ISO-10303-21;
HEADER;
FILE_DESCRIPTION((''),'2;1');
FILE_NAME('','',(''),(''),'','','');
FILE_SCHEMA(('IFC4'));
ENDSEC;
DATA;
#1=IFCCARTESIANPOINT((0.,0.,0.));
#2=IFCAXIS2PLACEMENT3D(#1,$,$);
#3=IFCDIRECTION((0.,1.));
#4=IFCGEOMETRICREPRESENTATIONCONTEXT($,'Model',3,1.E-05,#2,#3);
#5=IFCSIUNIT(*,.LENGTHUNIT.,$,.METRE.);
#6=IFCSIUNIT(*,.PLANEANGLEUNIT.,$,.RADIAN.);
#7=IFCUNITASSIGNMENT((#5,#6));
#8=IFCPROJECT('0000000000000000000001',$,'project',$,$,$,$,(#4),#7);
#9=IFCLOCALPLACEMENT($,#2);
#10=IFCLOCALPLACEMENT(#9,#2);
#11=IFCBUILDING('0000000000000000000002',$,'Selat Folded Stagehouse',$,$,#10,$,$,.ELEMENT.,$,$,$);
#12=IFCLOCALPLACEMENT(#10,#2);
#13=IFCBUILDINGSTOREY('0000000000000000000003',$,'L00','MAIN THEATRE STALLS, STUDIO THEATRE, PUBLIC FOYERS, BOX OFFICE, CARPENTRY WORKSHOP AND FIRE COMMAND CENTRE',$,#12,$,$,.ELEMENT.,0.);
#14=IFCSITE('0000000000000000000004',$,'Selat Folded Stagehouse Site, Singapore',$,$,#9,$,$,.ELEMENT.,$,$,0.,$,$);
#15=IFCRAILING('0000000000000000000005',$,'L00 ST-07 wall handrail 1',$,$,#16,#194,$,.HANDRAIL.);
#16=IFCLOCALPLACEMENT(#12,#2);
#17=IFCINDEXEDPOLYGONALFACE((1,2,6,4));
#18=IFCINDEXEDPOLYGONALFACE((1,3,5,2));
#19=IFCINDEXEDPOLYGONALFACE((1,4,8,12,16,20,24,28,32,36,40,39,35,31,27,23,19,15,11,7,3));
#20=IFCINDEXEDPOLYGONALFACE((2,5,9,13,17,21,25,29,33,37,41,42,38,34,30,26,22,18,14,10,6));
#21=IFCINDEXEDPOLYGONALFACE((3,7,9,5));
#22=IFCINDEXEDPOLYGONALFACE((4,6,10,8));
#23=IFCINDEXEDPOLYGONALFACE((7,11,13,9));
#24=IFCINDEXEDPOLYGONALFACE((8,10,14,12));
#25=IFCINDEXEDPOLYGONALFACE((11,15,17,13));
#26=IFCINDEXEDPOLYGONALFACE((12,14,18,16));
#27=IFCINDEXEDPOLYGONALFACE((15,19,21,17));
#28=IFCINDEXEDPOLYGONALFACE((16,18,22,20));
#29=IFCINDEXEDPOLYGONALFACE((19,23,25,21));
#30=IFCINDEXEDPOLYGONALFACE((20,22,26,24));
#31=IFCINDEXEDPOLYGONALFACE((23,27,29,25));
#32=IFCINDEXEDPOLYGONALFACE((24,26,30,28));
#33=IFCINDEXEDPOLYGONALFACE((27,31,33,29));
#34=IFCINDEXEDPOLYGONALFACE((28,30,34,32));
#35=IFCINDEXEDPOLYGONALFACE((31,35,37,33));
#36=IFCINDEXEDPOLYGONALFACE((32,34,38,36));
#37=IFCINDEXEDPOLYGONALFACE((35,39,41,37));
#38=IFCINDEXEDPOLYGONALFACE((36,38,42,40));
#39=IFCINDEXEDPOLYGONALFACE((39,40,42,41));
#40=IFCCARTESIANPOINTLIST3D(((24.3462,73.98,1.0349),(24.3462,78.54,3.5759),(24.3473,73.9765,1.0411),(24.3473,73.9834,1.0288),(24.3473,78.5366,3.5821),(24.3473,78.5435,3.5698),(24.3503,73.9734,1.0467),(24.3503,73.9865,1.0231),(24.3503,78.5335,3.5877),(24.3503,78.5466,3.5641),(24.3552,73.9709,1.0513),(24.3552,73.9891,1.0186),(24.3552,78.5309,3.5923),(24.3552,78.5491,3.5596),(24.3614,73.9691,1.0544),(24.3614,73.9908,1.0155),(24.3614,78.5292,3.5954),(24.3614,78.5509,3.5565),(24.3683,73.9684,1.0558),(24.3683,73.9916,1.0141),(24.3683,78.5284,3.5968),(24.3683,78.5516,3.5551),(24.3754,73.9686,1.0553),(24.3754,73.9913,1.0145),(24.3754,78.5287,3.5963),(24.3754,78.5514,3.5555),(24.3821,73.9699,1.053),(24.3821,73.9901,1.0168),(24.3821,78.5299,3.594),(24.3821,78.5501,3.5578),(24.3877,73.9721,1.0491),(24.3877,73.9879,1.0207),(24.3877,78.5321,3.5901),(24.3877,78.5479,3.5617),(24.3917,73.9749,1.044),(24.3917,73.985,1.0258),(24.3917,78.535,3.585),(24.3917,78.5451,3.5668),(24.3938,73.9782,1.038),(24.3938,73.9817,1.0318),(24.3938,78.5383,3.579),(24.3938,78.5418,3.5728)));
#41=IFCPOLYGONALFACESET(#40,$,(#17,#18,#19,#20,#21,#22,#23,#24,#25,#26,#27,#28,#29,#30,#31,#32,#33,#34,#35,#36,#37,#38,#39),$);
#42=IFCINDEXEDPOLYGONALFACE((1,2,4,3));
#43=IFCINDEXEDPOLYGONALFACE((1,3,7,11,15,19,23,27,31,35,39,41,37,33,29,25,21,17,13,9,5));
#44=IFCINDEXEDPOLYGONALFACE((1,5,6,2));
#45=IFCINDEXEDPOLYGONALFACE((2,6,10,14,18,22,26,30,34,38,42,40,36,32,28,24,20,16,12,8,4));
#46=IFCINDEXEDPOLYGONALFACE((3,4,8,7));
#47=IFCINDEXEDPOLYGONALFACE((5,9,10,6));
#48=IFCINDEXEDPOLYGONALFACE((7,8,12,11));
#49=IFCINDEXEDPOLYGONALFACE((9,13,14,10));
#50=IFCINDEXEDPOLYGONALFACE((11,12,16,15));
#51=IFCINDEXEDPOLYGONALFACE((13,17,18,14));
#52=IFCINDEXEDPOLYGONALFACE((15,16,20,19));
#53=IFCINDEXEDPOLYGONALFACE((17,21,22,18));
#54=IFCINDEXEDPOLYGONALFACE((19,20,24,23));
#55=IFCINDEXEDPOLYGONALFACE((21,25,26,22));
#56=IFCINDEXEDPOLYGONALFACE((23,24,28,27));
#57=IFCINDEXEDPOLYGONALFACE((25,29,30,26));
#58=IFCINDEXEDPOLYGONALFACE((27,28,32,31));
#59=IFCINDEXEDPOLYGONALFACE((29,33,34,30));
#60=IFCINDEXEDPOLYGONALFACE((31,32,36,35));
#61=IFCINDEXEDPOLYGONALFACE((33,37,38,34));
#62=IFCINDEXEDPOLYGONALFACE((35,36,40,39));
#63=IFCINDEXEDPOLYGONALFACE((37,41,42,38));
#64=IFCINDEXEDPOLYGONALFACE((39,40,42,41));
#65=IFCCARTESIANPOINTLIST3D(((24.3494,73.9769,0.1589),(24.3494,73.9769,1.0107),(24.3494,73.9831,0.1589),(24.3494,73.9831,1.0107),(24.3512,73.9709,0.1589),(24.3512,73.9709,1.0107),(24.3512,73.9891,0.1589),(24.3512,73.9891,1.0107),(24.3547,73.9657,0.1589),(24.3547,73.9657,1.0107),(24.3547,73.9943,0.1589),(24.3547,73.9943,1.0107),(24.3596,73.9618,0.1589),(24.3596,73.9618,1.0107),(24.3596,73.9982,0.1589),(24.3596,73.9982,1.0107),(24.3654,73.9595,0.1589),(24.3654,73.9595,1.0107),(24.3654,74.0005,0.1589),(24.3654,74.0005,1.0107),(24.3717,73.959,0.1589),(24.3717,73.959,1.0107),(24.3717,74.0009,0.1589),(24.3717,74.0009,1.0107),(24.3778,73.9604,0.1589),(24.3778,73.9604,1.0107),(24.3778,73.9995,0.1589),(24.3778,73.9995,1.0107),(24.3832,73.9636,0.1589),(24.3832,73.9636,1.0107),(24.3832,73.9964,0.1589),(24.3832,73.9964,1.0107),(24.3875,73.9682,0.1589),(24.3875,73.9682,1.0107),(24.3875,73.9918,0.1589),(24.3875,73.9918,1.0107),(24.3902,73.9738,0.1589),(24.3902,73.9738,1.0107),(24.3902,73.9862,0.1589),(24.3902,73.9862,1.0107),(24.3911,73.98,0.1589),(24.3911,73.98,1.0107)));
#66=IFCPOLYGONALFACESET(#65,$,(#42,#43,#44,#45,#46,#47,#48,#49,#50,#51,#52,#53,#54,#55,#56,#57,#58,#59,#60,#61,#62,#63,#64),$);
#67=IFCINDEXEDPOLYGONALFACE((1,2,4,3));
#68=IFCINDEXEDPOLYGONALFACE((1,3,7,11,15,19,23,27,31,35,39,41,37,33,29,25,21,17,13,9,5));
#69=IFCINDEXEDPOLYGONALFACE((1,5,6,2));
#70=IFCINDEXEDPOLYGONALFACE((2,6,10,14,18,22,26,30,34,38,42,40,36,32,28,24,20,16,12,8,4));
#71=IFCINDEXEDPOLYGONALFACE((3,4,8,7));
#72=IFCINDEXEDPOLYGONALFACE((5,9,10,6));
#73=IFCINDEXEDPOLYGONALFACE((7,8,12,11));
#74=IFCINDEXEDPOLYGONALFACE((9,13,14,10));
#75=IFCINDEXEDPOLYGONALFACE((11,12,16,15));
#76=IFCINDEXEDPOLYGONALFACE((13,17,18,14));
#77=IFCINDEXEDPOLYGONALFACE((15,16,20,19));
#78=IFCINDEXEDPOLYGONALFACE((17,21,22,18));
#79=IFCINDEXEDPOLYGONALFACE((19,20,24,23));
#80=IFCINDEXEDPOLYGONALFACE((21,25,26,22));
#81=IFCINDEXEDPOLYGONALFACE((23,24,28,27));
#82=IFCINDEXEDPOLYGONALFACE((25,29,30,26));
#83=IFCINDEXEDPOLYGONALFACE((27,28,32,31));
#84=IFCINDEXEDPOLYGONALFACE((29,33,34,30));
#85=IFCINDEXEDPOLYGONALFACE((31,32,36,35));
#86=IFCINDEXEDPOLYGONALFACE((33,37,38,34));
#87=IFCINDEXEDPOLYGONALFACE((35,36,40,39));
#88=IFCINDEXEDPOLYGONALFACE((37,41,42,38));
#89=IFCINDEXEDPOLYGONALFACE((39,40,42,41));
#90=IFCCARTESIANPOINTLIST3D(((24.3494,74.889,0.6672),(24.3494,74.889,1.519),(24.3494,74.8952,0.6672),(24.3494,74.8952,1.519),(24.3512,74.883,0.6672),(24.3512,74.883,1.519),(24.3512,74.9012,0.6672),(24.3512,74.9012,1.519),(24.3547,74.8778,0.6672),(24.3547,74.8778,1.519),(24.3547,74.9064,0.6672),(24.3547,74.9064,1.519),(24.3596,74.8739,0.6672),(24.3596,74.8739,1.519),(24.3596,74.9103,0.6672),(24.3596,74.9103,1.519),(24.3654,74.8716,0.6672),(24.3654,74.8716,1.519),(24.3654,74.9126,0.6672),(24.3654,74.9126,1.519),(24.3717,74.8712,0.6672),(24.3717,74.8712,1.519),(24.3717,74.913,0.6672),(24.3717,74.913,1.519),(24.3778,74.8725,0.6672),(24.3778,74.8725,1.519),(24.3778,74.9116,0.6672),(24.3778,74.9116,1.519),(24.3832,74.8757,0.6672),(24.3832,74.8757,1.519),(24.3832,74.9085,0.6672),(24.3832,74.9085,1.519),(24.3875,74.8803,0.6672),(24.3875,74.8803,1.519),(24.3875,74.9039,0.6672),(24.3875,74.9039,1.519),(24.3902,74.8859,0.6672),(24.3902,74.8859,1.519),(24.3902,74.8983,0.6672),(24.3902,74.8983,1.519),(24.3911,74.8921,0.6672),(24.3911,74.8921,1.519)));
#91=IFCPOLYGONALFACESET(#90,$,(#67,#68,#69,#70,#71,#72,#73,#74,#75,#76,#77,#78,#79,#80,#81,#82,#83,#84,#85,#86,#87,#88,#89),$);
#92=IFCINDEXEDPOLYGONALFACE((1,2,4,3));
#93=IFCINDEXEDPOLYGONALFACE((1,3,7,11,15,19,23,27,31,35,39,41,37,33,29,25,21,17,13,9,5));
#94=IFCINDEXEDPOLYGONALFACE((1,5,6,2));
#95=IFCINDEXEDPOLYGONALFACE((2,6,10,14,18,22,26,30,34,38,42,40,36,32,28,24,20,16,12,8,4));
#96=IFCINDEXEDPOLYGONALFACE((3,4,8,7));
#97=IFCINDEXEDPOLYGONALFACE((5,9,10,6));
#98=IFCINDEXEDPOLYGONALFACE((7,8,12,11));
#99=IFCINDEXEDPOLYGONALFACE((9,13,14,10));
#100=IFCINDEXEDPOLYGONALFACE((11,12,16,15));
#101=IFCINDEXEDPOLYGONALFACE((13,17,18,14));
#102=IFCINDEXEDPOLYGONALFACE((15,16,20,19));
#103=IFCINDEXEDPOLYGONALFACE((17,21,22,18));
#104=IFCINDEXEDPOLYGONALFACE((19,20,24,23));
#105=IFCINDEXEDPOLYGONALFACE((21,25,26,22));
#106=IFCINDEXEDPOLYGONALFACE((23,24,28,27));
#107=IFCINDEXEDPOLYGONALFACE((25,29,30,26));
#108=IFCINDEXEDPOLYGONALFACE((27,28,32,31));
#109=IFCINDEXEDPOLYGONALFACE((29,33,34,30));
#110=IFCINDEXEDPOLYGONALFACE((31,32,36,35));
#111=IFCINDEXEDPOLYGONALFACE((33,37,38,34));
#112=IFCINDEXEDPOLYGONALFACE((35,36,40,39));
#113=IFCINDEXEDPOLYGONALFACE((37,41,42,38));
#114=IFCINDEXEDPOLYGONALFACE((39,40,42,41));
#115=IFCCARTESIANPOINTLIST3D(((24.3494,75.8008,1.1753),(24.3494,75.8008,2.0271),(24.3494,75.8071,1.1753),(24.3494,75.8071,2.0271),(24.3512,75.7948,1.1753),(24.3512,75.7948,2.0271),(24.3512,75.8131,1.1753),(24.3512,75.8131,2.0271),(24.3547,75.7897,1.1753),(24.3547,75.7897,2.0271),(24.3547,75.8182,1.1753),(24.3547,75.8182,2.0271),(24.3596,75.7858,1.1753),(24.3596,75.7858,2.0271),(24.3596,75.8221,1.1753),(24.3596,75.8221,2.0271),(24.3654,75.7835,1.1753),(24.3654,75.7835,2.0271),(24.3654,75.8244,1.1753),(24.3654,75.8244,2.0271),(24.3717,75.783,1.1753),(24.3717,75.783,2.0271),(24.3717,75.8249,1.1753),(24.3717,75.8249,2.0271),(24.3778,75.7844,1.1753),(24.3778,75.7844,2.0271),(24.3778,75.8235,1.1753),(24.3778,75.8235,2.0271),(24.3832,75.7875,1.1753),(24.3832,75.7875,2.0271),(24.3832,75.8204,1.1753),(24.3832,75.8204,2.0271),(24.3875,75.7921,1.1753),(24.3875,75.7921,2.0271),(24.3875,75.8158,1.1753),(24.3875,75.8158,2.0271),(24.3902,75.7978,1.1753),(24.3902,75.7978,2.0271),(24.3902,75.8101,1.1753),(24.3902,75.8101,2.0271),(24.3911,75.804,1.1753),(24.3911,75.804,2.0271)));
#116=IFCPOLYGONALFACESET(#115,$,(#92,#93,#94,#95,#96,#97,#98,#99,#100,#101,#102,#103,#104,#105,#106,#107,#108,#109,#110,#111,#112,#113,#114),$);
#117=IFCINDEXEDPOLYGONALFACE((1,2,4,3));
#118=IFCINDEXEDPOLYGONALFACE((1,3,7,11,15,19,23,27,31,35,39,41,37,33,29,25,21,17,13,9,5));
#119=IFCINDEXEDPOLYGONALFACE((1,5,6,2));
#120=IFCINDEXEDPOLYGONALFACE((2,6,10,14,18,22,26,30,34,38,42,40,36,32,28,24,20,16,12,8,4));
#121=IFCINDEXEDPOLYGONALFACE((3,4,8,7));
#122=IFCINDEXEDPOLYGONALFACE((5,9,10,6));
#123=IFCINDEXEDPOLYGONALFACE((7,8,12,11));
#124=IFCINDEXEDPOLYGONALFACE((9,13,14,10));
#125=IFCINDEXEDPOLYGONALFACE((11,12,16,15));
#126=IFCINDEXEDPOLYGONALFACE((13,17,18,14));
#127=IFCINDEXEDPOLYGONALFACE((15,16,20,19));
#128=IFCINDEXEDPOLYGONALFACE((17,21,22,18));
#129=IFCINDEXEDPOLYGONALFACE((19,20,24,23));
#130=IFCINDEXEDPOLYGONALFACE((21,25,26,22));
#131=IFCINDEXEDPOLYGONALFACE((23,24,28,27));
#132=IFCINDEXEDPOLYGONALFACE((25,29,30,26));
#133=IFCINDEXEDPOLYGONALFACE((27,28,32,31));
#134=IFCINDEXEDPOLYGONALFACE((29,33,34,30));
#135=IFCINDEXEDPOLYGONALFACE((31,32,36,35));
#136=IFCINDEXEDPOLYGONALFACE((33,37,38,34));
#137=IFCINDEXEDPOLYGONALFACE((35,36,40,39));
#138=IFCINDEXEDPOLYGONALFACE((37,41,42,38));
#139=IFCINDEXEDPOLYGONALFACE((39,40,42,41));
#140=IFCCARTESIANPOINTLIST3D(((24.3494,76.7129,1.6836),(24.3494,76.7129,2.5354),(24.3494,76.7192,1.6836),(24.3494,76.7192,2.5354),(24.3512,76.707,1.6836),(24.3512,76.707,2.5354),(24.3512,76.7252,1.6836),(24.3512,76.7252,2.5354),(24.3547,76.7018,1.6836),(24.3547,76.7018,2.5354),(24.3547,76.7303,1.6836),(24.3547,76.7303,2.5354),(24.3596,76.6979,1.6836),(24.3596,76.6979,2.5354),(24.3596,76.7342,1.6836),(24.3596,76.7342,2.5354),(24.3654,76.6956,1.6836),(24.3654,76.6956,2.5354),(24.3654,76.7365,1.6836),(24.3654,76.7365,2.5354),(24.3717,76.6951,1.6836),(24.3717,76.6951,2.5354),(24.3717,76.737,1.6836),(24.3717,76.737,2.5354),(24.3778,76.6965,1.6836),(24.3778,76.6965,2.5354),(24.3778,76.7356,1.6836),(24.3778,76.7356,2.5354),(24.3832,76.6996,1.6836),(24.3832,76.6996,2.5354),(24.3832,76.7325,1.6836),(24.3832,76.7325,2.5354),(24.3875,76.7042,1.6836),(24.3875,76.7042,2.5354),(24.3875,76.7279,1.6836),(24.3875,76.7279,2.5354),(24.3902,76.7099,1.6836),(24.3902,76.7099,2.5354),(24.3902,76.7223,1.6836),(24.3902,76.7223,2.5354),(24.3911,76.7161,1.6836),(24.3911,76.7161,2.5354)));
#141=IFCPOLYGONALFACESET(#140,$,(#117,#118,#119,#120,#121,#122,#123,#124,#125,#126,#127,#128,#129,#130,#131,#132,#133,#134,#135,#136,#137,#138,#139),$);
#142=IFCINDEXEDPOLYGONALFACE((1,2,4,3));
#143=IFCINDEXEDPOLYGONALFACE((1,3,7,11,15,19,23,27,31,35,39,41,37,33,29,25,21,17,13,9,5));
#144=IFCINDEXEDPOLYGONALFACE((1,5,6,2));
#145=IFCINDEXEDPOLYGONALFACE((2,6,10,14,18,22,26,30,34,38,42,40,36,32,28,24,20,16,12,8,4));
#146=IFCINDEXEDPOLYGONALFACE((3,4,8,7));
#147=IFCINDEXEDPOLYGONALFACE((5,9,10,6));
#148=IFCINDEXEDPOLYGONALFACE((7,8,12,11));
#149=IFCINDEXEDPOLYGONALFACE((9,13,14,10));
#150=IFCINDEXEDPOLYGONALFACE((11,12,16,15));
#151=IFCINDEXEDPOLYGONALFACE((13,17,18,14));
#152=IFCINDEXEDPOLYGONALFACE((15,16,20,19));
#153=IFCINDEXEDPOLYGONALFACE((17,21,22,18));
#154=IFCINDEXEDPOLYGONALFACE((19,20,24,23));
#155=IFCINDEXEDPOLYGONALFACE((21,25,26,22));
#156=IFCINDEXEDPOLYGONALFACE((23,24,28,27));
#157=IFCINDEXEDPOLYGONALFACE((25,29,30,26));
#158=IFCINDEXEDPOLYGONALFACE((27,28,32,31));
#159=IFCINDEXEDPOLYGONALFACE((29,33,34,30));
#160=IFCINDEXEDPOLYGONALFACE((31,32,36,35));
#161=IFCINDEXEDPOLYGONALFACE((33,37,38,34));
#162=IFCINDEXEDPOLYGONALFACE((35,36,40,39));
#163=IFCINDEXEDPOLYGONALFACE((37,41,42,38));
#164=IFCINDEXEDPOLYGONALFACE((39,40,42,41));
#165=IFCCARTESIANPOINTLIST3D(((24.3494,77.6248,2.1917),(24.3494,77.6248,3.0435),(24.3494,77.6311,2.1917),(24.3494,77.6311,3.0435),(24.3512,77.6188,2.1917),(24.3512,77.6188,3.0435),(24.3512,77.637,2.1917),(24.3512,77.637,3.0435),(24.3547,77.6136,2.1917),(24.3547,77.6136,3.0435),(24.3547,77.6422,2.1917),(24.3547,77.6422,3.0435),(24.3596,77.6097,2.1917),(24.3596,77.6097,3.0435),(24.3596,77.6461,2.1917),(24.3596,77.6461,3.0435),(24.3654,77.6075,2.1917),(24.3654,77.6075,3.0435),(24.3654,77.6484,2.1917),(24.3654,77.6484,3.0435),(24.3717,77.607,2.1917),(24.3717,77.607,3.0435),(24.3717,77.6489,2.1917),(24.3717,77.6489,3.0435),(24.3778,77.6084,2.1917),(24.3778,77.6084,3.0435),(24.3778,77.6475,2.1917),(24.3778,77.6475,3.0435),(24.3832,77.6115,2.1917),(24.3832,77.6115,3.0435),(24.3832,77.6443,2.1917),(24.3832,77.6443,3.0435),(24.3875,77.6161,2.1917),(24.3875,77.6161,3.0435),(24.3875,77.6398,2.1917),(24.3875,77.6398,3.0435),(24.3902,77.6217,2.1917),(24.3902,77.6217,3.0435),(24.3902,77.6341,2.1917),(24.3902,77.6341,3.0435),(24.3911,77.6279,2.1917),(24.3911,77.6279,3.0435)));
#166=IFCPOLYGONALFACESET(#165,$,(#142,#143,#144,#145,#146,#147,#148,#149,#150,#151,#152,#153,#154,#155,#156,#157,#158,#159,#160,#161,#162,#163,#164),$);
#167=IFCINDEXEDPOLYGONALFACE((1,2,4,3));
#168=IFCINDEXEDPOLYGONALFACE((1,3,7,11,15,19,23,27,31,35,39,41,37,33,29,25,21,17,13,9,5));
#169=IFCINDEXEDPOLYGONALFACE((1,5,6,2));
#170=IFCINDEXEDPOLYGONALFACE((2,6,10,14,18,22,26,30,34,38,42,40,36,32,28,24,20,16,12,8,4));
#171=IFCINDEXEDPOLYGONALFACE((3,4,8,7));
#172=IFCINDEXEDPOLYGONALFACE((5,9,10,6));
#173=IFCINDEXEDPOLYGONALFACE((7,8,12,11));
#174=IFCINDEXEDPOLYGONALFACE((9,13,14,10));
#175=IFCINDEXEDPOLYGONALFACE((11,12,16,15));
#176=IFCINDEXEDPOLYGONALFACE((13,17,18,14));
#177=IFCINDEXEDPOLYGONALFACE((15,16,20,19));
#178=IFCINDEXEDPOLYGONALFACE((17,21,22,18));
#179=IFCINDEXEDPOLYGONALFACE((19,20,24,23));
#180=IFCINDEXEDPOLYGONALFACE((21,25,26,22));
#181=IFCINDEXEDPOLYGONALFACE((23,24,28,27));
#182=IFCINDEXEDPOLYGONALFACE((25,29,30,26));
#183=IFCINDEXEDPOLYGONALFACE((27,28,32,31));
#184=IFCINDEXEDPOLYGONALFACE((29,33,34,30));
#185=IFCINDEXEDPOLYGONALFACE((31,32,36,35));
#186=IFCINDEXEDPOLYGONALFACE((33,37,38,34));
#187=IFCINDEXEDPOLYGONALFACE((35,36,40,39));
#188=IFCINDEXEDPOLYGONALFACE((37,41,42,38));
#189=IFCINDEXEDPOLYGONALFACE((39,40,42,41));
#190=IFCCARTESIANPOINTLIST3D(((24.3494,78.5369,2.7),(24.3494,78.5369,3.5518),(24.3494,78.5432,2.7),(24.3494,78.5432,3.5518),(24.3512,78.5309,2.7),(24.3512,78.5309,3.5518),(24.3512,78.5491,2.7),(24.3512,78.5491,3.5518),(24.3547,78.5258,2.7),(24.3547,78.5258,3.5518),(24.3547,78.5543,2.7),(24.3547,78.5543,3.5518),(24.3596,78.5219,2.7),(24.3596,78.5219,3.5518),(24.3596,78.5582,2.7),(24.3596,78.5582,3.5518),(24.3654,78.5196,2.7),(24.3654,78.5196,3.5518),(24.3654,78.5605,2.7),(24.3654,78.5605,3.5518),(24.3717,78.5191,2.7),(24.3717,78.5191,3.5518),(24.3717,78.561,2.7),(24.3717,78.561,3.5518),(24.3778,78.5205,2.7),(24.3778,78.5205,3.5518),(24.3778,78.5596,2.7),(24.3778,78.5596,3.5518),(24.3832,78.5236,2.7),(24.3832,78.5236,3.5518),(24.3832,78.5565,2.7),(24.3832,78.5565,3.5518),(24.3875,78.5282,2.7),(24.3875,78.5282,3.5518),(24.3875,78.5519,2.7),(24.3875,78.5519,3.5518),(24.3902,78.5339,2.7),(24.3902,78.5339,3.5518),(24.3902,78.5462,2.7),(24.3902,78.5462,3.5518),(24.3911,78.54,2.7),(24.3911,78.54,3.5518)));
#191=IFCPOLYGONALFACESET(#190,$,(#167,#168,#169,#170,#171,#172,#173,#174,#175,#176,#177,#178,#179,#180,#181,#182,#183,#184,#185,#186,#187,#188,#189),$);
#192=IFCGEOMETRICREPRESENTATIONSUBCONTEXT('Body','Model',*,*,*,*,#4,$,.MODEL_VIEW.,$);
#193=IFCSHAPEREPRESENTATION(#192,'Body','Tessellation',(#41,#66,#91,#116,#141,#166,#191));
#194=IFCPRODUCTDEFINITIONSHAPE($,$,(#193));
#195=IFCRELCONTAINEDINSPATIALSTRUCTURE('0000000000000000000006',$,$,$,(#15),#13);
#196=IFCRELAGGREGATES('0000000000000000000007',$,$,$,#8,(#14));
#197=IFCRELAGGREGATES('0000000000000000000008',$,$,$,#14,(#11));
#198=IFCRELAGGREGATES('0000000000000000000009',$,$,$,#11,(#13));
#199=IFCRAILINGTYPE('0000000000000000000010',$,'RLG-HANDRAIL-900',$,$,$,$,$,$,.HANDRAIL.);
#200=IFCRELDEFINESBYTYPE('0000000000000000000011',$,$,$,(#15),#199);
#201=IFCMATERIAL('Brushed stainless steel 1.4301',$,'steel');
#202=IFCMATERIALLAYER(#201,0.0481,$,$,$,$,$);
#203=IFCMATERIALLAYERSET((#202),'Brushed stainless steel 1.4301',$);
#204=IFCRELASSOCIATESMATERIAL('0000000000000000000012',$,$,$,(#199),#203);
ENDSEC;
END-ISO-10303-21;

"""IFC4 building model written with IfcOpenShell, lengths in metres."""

from ifc_helpers import new_model, si_unit, direction, frame, origin, origin_2d, place, context, subcontext, project, spatial, circle, extrude, material, layer, layer_set, type_object, element, save


model = new_model("IFC4")

# Units and contexts
model_context = context("Model", 3, precision=1e-05, world=origin(), true_north=direction((0.0, 1.0)))
body_context = subcontext(model_context, "Body", "Model", "MODEL_VIEW")
ifc_project = project(units=[si_unit("LENGTHUNIT", "METRE"), si_unit("PLANEANGLEUNIT", "RADIAN")], contexts=[model_context])

# Site, building, storey
site_placement = place(None, origin())
site = spatial("IfcSite", under=ifc_project, at=site_placement, Name="Selat Folded Stagehouse Site, Singapore", CompositionType="ELEMENT", RefElevation=0.0)
building_placement = place(site_placement, origin())
building = spatial("IfcBuilding", under=site, at=building_placement, Name="Selat Folded Stagehouse", CompositionType="ELEMENT")
storey_placement = place(building_placement, origin())
storey = spatial("IfcBuildingStorey", under=building, at=storey_placement, Name="L00", Description="MAIN THEATRE STALLS, STUDIO THEATRE, PUBLIC FOYERS, BOX OFFICE, CARPENTRY WORKSHOP AND FIRE COMMAND CENTRE", CompositionType="ELEMENT", Elevation=0.0)

# Railing
ifc_material_1 = material(Name="Brushed stainless steel 1.4301", Category="steel")
ifc_layer_1 = layer(ifc_material_1, 0.0481)
ifc_layer_set_1 = layer_set([ifc_layer_1], Name="Brushed stainless steel 1.4301")
railing_type_1 = type_object("IfcRailingType", Name="RLG-HANDRAIL-900", PredefinedType="HANDRAIL", material=ifc_layer_set_1)
railing_1_placement = place(storey_placement, frame((24.3701, 73.98, 0.1589)))
element("IfcRailing", 1, at=railing_1_placement, inside=storey, type_object=railing_type_1, Name="L00 ST-07 wall handrail 1", PredefinedType="HANDRAIL", context=body_context, shape_type="SweptSolid", body=[
    extrude(circle(Radius=0.0239, at=origin_2d()), frame((0.0, 0.0, 0.876), z_axis=(0.0, 0.873534, 0.486762), x_axis=(-1.0, 0.0, 0.0)), (0.0, 0.0, 1.0), 5.2202),
    extrude(circle(Radius=0.021, at=origin_2d()), origin(), (0.0, 0.0, 1.0), 0.8518),
    extrude(circle(Radius=0.021, at=origin_2d()), frame((0.0, 0.9121, 0.5083)), (0.0, 0.0, 1.0), 0.8518),
    extrude(circle(Radius=0.021, at=origin_2d()), frame((0.0, 1.824, 1.0164)), (0.0, 0.0, 1.0), 0.8518),
    extrude(circle(Radius=0.021, at=origin_2d()), frame((0.0, 2.7361, 1.5247)), (0.0, 0.0, 1.0), 0.8518),
    extrude(circle(Radius=0.021, at=origin_2d()), frame((0.0, 3.6479, 2.0327)), (0.0, 0.0, 1.0), 0.8518),
    extrude(circle(Radius=0.021, at=origin_2d()), frame((0.0, 4.5601, 2.541)), (0.0, 0.0, 1.0), 0.8518),
])

save(model, "model.ifc")
